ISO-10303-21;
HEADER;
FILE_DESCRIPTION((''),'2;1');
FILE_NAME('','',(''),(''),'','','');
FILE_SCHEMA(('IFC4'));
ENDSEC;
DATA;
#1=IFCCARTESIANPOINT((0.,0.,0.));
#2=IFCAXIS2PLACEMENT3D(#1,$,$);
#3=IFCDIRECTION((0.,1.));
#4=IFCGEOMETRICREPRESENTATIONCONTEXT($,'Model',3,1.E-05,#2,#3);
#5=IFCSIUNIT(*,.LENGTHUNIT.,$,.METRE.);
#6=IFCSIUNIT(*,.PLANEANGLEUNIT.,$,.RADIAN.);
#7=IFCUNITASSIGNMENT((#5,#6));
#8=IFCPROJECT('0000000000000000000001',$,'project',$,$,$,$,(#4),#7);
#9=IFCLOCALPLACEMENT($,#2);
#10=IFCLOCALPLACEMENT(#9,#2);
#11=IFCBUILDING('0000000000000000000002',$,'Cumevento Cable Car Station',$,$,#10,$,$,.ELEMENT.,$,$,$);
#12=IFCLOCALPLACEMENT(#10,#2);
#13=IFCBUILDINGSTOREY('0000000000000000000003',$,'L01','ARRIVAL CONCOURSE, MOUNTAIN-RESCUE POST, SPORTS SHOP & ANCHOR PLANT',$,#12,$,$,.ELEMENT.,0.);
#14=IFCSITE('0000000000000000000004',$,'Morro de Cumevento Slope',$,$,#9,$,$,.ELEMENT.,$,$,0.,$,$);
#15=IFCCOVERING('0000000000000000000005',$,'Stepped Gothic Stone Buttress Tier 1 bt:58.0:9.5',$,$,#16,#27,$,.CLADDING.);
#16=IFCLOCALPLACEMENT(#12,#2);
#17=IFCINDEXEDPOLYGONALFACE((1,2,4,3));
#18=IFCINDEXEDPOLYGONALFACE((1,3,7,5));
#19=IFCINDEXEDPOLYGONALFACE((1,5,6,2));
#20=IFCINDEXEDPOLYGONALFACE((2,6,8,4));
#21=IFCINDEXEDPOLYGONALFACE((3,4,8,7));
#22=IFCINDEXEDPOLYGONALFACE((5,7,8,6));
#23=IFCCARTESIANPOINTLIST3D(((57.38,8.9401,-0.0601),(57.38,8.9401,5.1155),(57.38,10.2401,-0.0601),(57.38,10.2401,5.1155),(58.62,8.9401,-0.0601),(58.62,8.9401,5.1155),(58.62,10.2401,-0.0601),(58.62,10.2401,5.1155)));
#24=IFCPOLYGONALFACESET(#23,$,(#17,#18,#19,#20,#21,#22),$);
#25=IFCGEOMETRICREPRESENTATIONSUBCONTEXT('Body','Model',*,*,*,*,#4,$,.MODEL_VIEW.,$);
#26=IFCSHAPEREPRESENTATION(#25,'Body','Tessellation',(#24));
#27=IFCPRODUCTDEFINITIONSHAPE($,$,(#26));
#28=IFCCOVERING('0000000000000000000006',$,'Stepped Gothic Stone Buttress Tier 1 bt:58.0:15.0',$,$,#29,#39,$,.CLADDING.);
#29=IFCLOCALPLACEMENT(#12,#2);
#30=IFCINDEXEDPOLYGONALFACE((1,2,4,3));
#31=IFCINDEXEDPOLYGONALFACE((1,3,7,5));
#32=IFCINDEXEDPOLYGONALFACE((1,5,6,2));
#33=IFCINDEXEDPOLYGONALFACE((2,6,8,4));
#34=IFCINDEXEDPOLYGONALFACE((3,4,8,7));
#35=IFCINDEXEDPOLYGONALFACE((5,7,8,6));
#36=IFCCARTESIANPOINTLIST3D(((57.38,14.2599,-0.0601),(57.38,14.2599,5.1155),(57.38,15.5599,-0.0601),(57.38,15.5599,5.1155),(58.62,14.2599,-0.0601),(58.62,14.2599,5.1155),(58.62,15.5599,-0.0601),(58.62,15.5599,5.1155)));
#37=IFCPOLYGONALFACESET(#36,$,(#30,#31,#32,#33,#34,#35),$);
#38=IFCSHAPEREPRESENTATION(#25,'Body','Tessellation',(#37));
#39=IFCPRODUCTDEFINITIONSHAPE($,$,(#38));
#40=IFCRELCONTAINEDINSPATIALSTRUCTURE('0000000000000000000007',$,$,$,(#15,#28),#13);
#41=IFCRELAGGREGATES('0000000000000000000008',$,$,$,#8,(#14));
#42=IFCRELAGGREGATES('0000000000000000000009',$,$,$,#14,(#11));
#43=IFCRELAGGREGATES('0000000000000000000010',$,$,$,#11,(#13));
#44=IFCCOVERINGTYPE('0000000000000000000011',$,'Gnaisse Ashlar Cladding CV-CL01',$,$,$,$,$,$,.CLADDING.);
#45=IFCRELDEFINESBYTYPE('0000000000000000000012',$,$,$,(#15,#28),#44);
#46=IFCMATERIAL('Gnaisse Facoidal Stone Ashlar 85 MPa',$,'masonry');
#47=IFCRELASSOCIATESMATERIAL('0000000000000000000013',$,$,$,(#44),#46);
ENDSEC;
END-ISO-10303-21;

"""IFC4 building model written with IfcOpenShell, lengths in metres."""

from ifc_helpers import new_model, si_unit, direction, frame, origin, origin_2d, place, context, subcontext, project, spatial, rectangle, extrude, material, type_object, element, save


model = new_model("IFC4")

# Units and contexts
model_context = context("Model", 3, precision=1e-05, world=origin(), true_north=direction((0.0, 1.0)))
body_context = subcontext(model_context, "Body", "Model", "MODEL_VIEW")
ifc_project = project(units=[si_unit("LENGTHUNIT", "METRE"), si_unit("PLANEANGLEUNIT", "RADIAN")], contexts=[model_context])

# Site, building, storey
site_placement = place(None, origin())
site = spatial("IfcSite", under=ifc_project, at=site_placement, Name="Morro de Cumevento Slope", CompositionType="ELEMENT", RefElevation=0.0)
building_placement = place(site_placement, origin())
building = spatial("IfcBuilding", under=site, at=building_placement, Name="Cumevento Cable Car Station", CompositionType="ELEMENT")
storey_placement = place(building_placement, origin())
storey = spatial("IfcBuildingStorey", under=building, at=storey_placement, Name="L01", Description="ARRIVAL CONCOURSE, MOUNTAIN-RESCUE POST, SPORTS SHOP & ANCHOR PLANT", CompositionType="ELEMENT", Elevation=0.0)

# Coverings
ifc_material_1 = material(Name="Gnaisse Facoidal Stone Ashlar 85 MPa", Category="masonry")
covering_type = type_object("IfcCoveringType", Name="Gnaisse Ashlar Cladding CV-CL01", PredefinedType="CLADDING", material=ifc_material_1)
for number, where, z_axis, x_axis, name in (
    (1, (58.0, 9.5901, -0.0601), (0.0, 0.0, 1.0), (-1.0, 0.0, 0.0), "Stepped Gothic Stone Buttress Tier 1 bt:58.0:9.5"),
    (2, (58.0, 14.9099, -0.0601), (0.0, 0.0, 1.0), (1.0, 0.0, 0.0), "Stepped Gothic Stone Buttress Tier 1 bt:58.0:15.0"),
):
    element("IfcCovering", number, at=place(storey_placement, frame(where, z_axis=z_axis, x_axis=x_axis)), inside=storey, type_object=covering_type, Name=name, PredefinedType="CLADDING", context=body_context, shape_type="SweptSolid", body=[
        extrude(rectangle(XDim=1.24, YDim=1.3, at=origin_2d()), origin(), (0.0, 0.0, 1.0), 5.1755),
    ])

save(model, "model.ifc")
